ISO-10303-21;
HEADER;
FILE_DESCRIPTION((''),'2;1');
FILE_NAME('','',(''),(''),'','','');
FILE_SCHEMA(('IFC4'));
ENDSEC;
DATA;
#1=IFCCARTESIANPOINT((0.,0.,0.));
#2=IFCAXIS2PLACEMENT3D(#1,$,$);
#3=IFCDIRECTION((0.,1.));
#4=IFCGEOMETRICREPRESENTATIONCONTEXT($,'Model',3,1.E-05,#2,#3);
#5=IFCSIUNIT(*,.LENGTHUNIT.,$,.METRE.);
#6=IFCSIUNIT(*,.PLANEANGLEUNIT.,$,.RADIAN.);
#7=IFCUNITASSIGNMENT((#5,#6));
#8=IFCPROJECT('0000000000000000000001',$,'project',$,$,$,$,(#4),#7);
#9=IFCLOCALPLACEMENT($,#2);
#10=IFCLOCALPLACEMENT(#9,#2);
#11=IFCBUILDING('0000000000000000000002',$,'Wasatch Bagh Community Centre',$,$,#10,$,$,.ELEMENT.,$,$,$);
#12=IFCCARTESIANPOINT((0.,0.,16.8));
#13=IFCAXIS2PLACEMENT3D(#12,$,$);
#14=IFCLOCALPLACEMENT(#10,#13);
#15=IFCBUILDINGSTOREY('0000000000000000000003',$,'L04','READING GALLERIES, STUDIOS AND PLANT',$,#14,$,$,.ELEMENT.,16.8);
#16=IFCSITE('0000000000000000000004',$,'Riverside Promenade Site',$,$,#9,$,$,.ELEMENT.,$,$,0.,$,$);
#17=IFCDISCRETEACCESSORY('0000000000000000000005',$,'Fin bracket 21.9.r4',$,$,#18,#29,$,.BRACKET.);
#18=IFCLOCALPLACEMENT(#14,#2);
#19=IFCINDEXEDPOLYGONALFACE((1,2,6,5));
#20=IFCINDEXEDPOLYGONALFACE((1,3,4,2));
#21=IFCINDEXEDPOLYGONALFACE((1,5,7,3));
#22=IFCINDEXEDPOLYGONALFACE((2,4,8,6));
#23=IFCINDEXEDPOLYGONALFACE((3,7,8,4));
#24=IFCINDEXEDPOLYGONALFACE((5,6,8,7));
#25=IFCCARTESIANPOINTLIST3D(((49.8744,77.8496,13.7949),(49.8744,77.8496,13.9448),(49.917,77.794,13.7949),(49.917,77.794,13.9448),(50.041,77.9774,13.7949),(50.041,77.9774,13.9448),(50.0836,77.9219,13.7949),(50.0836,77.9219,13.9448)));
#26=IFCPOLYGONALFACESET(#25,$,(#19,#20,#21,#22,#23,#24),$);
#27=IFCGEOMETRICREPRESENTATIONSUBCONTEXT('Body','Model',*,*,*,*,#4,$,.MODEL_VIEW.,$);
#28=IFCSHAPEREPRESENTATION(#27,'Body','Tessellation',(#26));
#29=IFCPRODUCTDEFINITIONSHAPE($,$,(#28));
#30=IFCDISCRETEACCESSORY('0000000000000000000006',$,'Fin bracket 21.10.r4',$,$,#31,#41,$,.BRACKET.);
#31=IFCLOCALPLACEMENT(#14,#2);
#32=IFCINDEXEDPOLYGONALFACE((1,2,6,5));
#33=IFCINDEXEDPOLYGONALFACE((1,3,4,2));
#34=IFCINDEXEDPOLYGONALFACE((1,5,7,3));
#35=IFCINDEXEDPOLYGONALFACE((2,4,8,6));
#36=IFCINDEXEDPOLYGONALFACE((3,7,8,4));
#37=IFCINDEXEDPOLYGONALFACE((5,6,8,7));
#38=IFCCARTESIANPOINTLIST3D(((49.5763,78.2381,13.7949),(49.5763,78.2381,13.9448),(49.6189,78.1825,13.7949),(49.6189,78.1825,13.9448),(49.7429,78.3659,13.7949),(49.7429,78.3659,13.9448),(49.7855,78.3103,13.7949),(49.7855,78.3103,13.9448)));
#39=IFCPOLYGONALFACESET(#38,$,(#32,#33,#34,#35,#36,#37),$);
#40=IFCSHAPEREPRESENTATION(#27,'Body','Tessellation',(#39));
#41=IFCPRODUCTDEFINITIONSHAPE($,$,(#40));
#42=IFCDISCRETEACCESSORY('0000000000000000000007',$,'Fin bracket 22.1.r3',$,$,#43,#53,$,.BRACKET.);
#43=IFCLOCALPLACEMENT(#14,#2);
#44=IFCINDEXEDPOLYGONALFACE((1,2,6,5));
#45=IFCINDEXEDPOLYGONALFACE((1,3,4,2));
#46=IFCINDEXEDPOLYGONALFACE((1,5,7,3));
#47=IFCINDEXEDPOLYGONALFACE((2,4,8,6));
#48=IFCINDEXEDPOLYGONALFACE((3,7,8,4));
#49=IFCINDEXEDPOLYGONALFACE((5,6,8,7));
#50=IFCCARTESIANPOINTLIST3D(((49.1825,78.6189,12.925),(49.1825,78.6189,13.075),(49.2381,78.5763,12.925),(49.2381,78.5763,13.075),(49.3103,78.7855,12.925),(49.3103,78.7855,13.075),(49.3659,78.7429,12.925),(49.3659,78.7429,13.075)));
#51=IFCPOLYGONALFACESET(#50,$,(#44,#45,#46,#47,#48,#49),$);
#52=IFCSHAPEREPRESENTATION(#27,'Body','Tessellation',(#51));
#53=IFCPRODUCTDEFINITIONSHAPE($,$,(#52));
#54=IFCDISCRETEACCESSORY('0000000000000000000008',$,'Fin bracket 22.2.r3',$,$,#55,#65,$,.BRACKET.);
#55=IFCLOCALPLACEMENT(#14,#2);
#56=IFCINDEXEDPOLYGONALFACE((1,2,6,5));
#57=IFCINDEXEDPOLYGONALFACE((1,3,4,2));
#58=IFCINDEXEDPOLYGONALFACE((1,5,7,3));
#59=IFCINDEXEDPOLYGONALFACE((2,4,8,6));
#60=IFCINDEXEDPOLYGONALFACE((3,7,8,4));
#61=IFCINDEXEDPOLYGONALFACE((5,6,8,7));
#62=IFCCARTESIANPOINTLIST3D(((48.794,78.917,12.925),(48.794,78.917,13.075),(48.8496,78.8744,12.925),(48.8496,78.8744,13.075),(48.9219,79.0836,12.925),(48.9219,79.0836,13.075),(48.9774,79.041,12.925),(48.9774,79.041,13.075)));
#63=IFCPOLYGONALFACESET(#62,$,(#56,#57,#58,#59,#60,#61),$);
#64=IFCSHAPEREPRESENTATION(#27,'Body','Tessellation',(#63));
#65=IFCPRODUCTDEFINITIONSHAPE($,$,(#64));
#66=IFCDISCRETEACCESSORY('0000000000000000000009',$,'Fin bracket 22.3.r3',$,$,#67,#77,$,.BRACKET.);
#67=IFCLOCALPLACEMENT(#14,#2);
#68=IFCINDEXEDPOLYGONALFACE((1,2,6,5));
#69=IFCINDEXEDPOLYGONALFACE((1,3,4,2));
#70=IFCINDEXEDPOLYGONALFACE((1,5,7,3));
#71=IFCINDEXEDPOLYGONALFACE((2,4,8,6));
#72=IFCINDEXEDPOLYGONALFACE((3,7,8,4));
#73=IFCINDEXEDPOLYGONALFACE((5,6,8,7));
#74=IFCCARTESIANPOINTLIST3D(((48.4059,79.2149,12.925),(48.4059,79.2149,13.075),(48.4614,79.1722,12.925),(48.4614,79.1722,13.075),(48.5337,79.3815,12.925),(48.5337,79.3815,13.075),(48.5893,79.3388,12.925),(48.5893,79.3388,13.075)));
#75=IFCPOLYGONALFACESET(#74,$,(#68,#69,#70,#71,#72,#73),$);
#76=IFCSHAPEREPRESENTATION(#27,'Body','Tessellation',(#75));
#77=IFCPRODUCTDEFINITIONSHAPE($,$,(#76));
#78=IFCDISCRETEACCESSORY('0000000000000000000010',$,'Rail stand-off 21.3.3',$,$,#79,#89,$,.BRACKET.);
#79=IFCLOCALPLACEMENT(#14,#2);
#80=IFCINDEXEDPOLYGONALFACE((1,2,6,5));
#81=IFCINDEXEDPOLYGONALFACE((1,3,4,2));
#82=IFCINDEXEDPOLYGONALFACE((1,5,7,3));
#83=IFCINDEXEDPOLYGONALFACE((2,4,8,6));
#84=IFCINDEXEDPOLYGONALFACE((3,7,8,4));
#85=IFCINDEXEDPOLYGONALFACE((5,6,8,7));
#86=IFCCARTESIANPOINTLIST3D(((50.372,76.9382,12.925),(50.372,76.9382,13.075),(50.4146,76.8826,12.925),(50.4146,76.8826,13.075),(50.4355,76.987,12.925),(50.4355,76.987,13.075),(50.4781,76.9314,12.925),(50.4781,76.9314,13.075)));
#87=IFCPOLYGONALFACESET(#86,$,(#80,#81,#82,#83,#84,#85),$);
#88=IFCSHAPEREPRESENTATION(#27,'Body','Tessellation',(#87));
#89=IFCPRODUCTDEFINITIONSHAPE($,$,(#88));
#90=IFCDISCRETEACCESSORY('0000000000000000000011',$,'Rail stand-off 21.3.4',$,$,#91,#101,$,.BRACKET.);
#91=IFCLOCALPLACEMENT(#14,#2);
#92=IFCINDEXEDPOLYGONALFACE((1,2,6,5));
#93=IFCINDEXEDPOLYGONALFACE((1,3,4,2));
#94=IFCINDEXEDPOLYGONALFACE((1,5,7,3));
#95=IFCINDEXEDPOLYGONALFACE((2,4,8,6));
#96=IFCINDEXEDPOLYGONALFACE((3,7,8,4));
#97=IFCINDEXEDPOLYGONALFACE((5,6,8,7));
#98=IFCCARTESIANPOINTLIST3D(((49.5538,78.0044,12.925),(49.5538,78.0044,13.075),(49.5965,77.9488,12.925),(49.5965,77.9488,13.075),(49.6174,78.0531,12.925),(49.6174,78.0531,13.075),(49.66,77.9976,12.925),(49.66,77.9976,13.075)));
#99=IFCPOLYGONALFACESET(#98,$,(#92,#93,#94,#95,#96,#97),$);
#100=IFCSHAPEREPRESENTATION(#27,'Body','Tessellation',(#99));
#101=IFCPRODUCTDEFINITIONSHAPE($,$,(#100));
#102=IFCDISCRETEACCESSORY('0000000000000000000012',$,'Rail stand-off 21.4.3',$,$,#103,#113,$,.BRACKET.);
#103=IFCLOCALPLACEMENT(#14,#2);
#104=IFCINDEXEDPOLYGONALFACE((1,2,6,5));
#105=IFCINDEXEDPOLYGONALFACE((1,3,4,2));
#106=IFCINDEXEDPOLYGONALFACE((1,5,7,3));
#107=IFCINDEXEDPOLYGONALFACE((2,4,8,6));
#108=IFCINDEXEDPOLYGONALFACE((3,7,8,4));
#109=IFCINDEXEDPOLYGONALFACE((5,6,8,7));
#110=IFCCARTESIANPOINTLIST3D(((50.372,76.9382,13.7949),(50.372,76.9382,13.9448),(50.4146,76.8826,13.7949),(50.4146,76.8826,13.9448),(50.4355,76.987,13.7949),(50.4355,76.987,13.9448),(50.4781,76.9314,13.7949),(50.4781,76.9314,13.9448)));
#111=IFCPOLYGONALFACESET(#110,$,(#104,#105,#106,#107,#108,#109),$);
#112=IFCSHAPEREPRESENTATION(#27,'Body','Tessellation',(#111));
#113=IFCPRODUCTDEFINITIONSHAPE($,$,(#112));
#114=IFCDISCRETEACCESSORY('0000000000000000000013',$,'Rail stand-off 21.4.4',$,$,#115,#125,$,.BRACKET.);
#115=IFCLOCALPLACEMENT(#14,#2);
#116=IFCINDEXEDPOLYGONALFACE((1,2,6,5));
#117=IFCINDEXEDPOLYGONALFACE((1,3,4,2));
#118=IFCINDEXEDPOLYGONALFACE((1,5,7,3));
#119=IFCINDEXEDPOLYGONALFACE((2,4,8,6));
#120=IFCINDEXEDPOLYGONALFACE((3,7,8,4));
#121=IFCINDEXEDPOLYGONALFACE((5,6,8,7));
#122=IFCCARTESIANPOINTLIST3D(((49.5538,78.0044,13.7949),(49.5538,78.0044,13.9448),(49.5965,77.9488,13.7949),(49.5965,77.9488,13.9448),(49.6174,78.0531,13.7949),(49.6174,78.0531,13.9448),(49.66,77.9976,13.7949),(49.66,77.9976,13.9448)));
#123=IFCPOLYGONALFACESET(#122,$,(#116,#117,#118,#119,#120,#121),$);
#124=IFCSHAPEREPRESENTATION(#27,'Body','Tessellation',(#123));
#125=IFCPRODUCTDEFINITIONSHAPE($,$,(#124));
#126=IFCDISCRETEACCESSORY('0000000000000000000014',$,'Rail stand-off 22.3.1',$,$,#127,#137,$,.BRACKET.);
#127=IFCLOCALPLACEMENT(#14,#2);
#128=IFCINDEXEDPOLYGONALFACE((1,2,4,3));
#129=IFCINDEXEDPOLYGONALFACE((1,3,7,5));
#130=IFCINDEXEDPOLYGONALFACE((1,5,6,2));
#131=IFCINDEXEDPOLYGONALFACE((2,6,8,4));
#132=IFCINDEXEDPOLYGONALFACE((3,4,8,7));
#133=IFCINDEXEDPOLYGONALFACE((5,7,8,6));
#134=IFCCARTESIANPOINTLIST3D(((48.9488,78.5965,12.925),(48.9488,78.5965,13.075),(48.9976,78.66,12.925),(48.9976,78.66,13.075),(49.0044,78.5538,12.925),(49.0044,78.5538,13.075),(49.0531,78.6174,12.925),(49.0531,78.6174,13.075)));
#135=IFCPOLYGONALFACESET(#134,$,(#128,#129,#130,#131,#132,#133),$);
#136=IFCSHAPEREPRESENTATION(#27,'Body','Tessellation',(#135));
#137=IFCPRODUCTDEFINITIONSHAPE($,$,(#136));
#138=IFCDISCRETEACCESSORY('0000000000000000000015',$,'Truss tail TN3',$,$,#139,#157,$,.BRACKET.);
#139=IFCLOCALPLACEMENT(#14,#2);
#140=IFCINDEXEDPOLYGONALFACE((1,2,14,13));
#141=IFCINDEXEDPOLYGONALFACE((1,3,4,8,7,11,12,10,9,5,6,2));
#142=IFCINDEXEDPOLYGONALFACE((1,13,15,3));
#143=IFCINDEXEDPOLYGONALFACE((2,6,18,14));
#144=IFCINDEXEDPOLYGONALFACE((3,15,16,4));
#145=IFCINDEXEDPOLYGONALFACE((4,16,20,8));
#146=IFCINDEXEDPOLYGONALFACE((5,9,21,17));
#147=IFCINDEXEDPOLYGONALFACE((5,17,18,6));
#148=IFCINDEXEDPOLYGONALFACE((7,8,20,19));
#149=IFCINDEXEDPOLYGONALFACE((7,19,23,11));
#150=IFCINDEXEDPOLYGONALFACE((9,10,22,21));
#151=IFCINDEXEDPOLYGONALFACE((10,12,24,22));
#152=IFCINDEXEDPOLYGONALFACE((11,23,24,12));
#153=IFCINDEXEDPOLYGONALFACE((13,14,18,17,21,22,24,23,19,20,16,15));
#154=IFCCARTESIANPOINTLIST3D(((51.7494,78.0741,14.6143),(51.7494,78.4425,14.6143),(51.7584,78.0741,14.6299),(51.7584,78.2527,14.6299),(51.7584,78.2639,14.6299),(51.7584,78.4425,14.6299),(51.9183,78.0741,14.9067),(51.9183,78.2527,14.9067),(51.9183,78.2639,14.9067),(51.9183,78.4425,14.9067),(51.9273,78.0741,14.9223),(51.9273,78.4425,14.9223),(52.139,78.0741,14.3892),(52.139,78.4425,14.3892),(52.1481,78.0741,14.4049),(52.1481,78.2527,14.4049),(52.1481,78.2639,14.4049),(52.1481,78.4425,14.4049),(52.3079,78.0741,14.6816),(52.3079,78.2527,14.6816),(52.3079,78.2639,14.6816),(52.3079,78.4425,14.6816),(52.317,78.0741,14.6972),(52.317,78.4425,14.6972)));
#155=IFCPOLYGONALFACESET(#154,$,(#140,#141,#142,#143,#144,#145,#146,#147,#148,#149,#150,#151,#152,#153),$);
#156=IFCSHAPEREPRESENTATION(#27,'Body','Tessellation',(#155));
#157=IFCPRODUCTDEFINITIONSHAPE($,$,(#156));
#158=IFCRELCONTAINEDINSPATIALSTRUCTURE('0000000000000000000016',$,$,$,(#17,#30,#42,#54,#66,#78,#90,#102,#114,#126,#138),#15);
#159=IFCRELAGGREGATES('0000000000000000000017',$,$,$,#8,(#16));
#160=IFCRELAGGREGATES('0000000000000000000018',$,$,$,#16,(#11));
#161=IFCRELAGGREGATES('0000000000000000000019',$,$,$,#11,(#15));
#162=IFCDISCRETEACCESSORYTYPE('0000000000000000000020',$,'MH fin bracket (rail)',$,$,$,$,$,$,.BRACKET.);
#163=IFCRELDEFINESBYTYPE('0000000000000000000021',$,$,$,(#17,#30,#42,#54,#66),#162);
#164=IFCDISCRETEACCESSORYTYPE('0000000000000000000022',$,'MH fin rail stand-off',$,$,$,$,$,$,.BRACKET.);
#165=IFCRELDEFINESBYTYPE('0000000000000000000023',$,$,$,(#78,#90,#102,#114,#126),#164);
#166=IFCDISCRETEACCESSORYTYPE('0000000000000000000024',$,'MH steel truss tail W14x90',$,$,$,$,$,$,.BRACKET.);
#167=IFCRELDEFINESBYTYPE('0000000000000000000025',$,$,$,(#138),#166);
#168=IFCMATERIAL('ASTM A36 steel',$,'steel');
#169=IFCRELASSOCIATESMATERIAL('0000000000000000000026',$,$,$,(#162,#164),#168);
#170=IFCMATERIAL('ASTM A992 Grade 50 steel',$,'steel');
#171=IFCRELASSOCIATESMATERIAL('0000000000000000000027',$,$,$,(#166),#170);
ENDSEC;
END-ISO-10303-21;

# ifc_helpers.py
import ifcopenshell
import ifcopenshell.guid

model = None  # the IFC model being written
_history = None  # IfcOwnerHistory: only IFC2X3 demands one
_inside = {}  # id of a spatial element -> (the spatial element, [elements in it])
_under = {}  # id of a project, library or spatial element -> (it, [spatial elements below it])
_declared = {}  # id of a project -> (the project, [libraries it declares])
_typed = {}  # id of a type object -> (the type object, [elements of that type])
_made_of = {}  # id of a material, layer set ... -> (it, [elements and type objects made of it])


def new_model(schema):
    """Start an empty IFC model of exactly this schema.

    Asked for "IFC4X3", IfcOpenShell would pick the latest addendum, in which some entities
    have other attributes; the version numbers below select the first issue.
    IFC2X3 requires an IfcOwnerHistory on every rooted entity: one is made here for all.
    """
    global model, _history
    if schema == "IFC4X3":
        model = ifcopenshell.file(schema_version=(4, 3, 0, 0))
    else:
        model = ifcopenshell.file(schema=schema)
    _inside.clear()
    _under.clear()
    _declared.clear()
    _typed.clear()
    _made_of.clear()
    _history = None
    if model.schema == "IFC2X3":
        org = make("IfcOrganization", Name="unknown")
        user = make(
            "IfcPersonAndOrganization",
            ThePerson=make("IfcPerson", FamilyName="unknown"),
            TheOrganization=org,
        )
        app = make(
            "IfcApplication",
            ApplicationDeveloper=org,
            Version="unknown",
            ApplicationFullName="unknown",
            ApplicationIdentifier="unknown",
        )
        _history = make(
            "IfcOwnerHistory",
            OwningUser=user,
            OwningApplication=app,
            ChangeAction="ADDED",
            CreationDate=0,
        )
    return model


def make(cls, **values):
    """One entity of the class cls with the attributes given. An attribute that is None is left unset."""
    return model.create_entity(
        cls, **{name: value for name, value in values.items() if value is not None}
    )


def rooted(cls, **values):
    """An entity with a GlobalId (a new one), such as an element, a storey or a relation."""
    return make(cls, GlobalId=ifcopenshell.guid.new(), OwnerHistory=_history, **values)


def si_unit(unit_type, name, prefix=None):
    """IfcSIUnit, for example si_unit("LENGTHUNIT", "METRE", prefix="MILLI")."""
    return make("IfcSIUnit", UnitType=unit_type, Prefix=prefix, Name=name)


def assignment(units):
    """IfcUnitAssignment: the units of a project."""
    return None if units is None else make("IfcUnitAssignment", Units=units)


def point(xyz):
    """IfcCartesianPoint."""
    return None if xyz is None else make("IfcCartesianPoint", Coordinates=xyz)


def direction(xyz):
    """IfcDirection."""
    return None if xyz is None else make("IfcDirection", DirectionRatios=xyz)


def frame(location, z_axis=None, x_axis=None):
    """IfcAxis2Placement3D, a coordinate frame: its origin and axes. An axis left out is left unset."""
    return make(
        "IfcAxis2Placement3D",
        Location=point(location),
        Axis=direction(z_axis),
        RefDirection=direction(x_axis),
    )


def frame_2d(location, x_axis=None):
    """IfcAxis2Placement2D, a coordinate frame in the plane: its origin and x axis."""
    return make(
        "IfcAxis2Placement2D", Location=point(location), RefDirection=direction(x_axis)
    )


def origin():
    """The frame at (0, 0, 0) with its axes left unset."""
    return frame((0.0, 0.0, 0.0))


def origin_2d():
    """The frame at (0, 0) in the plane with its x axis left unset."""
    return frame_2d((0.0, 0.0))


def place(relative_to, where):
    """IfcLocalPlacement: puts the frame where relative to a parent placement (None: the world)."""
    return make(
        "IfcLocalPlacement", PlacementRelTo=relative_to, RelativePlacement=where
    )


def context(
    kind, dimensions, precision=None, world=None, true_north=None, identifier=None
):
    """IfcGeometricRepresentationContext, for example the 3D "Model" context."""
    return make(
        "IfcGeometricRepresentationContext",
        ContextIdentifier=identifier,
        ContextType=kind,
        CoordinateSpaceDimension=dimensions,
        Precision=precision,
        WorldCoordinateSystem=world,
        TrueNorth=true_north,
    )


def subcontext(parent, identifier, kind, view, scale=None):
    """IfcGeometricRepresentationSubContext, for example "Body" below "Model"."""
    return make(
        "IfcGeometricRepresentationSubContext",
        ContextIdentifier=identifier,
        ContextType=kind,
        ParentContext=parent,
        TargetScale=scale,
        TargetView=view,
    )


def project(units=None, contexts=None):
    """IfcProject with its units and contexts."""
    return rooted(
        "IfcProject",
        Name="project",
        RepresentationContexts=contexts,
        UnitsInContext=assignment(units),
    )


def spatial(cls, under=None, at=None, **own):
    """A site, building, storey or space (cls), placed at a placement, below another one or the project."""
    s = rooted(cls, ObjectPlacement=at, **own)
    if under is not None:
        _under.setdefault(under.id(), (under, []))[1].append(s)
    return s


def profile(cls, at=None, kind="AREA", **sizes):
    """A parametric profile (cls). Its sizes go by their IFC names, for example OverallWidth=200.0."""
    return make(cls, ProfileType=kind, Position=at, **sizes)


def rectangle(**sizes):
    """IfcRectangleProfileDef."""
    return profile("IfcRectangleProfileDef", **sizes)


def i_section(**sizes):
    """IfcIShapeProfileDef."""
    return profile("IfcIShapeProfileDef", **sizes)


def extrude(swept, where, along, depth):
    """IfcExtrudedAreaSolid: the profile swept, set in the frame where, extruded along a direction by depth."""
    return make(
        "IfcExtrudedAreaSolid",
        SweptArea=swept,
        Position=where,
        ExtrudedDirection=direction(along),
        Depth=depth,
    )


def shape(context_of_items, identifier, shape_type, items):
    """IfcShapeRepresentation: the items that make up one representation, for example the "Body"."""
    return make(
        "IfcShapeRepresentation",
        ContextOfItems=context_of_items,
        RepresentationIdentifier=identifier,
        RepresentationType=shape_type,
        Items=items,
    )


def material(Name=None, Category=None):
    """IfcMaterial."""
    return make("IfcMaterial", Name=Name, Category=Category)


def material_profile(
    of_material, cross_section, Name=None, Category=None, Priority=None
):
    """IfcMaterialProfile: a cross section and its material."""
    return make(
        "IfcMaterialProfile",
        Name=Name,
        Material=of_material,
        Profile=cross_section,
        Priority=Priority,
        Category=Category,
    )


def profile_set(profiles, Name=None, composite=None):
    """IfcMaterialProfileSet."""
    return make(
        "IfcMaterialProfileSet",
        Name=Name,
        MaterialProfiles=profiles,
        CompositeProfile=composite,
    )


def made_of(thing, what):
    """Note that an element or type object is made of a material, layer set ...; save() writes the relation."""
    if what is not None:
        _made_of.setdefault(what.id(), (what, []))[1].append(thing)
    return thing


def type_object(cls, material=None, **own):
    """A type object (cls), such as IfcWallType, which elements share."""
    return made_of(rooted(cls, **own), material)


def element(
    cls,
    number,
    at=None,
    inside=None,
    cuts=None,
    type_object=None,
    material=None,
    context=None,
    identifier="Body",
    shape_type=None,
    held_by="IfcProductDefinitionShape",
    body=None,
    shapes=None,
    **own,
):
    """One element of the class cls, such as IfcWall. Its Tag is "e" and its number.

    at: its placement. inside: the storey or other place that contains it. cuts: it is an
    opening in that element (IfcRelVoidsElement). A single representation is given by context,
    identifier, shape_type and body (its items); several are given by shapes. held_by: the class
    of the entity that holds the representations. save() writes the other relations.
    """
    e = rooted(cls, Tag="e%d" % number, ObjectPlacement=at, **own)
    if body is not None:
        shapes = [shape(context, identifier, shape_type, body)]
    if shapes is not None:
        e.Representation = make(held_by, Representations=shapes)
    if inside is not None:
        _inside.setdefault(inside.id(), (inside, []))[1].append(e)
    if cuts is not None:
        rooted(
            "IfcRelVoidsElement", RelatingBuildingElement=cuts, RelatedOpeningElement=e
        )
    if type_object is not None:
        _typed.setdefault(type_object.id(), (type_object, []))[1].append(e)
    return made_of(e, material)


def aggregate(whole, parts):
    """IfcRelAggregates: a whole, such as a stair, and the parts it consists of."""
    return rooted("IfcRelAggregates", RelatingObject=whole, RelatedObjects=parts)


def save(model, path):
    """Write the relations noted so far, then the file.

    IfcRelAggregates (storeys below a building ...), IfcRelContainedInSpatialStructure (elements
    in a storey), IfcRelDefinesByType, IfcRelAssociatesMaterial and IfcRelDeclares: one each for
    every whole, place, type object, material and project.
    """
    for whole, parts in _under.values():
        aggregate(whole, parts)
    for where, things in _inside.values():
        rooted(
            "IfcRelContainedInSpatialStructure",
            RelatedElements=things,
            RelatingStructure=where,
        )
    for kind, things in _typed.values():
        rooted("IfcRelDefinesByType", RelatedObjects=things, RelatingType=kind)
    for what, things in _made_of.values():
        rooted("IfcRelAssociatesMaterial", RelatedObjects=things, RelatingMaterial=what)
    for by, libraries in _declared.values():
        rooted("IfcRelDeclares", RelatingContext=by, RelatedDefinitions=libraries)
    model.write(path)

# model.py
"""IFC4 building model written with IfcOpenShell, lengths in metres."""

from ifc_helpers import new_model, si_unit, direction, frame, origin, origin_2d, place, context, subcontext, project, spatial, rectangle, i_section, extrude, material, material_profile, profile_set, type_object, element, save


model = new_model("IFC4")

# Units and contexts
model_context = context("Model", 3, precision=1e-05, world=origin(), true_north=direction((0.0, 1.0)))
body_context = subcontext(model_context, "Body", "Model", "MODEL_VIEW")
ifc_project = project(units=[si_unit("LENGTHUNIT", "METRE"), si_unit("PLANEANGLEUNIT", "RADIAN")], contexts=[model_context])

# Site, building, storey
site_placement = place(None, origin())
site = spatial("IfcSite", under=ifc_project, at=site_placement, Name="Riverside Promenade Site", CompositionType="ELEMENT", RefElevation=0.0)
building_placement = place(site_placement, origin())
building = spatial("IfcBuilding", under=site, at=building_placement, Name="Wasatch Bagh Community Centre", CompositionType="ELEMENT")
storey_placement = place(building_placement, frame((0.0, 0.0, 16.8)))
storey = spatial("IfcBuildingStorey", under=building, at=storey_placement, Name="L04", Description="READING GALLERIES, STUDIOS AND PLANT", CompositionType="ELEMENT", Elevation=16.8)

# Discrete accessories
ifc_material_1 = material(Name="ASTM A36 steel", Category="steel")
discrete_accessory_type_1 = type_object("IfcDiscreteAccessoryType", Name="MH fin bracket (rail)", PredefinedType="BRACKET", material=ifc_material_1)
for number, where, z_axis, x_axis, name in (
    (1, (49.979, 77.8857, 13.7949), (0.0, 0.0, 1.0), (-0.608761, 0.793353, 0.0), "Fin bracket 21.9.r4"),
    (2, (49.6809, 78.2742, 13.7949), (0.0, 0.0, 1.0), (-0.608761, 0.793353, 0.0), "Fin bracket 21.10.r4"),
    (3, (49.2742, 78.6809, 12.925), (0.0, 0.0, 1.0), (-0.793353, 0.608761, 0.0), "Fin bracket 22.1.r3"),
    (4, (48.8857, 78.979, 12.925), (0.0, 0.0, 1.0), (-0.793353, 0.608761, 0.0), "Fin bracket 22.2.r3"),
    (5, (48.4976, 79.2769, 12.925), (0.0, 0.0, 1.0), (-0.793353, 0.608761, 0.0), "Fin bracket 22.3.r3"),
):
    element("IfcDiscreteAccessory", number, at=place(storey_placement, frame(where, z_axis=z_axis, x_axis=x_axis)), inside=storey, type_object=discrete_accessory_type_1, Name=name, PredefinedType="BRACKET", context=body_context, shape_type="SweptSolid", body=[
        extrude(rectangle(XDim=0.0701, YDim=0.21, at=origin_2d()), origin(), (0.0, 0.0, 1.0), 0.1499),
    ])
discrete_accessory_type_2 = type_object("IfcDiscreteAccessoryType", Name="MH fin rail stand-off", PredefinedType="BRACKET", material=ifc_material_1)
for number, where, z_axis, x_axis, name in (
    (6, (50.425, 76.9348, 12.925), (0.0, 0.0, 1.0), (-0.608761, 0.793353, 0.0), "Rail stand-off 21.3.3"),
    (7, (49.6069, 78.001, 12.925), (0.0, 0.0, 1.0), (-0.608761, 0.793353, 0.0), "Rail stand-off 21.3.4"),
    (8, (50.425, 76.9348, 13.7949), (0.0, 0.0, 1.0), (-0.608761, 0.793353, 0.0), "Rail stand-off 21.4.3"),
    (9, (49.6069, 78.001, 13.7949), (0.0, 0.0, 1.0), (-0.608761, 0.793353, 0.0), "Rail stand-off 21.4.4"),
    (10, (49.001, 78.6069, 12.925), (0.0, 0.0, 1.0), (-0.793353, 0.608761, 0.0), "Rail stand-off 22.3.1"),
):
    element("IfcDiscreteAccessory", number, at=place(storey_placement, frame(where, z_axis=z_axis, x_axis=x_axis)), inside=storey, type_object=discrete_accessory_type_2, Name=name, PredefinedType="BRACKET", context=body_context, shape_type="SweptSolid", body=[
        extrude(rectangle(XDim=0.0701, YDim=0.0801, at=origin_2d()), origin(), (0.0, 0.0, 1.0), 0.1499),
    ])
ifc_material_2 = material(Name="ASTM A992 Grade 50 steel", Category="steel")
ifc_material_profile_1 = material_profile(ifc_material_2, i_section(OverallWidth=0.3684, OverallDepth=0.3557, WebThickness=0.0112, FlangeThickness=0.0181, at=origin_2d()), Name="W14x90")
ifc_profile_set_1 = profile_set([ifc_material_profile_1], Name="ASTM A992 Grade 50 steel")
discrete_accessory_type_3 = type_object("IfcDiscreteAccessoryType", Name="MH steel truss tail W14x90", PredefinedType="BRACKET", material=ifc_profile_set_1)
discrete_accessory_1_placement = place(storey_placement, frame((51.8384, 78.2583, 14.7683), z_axis=(0.865896, 0.0, -0.500223), x_axis=(0.0, 1.0, 0.0)))
element("IfcDiscreteAccessory", 11, at=discrete_accessory_1_placement, inside=storey, type_object=discrete_accessory_type_3, Name="Truss tail TN3", PredefinedType="BRACKET", context=body_context, shape_type="SweptSolid", body=[
    extrude(i_section(OverallWidth=0.3684, OverallDepth=0.3557, WebThickness=0.0112, FlangeThickness=0.0181, at=origin_2d()), origin(), (0.0, 0.0, 1.0), 0.45),
])

save(model, "model.ifc")
